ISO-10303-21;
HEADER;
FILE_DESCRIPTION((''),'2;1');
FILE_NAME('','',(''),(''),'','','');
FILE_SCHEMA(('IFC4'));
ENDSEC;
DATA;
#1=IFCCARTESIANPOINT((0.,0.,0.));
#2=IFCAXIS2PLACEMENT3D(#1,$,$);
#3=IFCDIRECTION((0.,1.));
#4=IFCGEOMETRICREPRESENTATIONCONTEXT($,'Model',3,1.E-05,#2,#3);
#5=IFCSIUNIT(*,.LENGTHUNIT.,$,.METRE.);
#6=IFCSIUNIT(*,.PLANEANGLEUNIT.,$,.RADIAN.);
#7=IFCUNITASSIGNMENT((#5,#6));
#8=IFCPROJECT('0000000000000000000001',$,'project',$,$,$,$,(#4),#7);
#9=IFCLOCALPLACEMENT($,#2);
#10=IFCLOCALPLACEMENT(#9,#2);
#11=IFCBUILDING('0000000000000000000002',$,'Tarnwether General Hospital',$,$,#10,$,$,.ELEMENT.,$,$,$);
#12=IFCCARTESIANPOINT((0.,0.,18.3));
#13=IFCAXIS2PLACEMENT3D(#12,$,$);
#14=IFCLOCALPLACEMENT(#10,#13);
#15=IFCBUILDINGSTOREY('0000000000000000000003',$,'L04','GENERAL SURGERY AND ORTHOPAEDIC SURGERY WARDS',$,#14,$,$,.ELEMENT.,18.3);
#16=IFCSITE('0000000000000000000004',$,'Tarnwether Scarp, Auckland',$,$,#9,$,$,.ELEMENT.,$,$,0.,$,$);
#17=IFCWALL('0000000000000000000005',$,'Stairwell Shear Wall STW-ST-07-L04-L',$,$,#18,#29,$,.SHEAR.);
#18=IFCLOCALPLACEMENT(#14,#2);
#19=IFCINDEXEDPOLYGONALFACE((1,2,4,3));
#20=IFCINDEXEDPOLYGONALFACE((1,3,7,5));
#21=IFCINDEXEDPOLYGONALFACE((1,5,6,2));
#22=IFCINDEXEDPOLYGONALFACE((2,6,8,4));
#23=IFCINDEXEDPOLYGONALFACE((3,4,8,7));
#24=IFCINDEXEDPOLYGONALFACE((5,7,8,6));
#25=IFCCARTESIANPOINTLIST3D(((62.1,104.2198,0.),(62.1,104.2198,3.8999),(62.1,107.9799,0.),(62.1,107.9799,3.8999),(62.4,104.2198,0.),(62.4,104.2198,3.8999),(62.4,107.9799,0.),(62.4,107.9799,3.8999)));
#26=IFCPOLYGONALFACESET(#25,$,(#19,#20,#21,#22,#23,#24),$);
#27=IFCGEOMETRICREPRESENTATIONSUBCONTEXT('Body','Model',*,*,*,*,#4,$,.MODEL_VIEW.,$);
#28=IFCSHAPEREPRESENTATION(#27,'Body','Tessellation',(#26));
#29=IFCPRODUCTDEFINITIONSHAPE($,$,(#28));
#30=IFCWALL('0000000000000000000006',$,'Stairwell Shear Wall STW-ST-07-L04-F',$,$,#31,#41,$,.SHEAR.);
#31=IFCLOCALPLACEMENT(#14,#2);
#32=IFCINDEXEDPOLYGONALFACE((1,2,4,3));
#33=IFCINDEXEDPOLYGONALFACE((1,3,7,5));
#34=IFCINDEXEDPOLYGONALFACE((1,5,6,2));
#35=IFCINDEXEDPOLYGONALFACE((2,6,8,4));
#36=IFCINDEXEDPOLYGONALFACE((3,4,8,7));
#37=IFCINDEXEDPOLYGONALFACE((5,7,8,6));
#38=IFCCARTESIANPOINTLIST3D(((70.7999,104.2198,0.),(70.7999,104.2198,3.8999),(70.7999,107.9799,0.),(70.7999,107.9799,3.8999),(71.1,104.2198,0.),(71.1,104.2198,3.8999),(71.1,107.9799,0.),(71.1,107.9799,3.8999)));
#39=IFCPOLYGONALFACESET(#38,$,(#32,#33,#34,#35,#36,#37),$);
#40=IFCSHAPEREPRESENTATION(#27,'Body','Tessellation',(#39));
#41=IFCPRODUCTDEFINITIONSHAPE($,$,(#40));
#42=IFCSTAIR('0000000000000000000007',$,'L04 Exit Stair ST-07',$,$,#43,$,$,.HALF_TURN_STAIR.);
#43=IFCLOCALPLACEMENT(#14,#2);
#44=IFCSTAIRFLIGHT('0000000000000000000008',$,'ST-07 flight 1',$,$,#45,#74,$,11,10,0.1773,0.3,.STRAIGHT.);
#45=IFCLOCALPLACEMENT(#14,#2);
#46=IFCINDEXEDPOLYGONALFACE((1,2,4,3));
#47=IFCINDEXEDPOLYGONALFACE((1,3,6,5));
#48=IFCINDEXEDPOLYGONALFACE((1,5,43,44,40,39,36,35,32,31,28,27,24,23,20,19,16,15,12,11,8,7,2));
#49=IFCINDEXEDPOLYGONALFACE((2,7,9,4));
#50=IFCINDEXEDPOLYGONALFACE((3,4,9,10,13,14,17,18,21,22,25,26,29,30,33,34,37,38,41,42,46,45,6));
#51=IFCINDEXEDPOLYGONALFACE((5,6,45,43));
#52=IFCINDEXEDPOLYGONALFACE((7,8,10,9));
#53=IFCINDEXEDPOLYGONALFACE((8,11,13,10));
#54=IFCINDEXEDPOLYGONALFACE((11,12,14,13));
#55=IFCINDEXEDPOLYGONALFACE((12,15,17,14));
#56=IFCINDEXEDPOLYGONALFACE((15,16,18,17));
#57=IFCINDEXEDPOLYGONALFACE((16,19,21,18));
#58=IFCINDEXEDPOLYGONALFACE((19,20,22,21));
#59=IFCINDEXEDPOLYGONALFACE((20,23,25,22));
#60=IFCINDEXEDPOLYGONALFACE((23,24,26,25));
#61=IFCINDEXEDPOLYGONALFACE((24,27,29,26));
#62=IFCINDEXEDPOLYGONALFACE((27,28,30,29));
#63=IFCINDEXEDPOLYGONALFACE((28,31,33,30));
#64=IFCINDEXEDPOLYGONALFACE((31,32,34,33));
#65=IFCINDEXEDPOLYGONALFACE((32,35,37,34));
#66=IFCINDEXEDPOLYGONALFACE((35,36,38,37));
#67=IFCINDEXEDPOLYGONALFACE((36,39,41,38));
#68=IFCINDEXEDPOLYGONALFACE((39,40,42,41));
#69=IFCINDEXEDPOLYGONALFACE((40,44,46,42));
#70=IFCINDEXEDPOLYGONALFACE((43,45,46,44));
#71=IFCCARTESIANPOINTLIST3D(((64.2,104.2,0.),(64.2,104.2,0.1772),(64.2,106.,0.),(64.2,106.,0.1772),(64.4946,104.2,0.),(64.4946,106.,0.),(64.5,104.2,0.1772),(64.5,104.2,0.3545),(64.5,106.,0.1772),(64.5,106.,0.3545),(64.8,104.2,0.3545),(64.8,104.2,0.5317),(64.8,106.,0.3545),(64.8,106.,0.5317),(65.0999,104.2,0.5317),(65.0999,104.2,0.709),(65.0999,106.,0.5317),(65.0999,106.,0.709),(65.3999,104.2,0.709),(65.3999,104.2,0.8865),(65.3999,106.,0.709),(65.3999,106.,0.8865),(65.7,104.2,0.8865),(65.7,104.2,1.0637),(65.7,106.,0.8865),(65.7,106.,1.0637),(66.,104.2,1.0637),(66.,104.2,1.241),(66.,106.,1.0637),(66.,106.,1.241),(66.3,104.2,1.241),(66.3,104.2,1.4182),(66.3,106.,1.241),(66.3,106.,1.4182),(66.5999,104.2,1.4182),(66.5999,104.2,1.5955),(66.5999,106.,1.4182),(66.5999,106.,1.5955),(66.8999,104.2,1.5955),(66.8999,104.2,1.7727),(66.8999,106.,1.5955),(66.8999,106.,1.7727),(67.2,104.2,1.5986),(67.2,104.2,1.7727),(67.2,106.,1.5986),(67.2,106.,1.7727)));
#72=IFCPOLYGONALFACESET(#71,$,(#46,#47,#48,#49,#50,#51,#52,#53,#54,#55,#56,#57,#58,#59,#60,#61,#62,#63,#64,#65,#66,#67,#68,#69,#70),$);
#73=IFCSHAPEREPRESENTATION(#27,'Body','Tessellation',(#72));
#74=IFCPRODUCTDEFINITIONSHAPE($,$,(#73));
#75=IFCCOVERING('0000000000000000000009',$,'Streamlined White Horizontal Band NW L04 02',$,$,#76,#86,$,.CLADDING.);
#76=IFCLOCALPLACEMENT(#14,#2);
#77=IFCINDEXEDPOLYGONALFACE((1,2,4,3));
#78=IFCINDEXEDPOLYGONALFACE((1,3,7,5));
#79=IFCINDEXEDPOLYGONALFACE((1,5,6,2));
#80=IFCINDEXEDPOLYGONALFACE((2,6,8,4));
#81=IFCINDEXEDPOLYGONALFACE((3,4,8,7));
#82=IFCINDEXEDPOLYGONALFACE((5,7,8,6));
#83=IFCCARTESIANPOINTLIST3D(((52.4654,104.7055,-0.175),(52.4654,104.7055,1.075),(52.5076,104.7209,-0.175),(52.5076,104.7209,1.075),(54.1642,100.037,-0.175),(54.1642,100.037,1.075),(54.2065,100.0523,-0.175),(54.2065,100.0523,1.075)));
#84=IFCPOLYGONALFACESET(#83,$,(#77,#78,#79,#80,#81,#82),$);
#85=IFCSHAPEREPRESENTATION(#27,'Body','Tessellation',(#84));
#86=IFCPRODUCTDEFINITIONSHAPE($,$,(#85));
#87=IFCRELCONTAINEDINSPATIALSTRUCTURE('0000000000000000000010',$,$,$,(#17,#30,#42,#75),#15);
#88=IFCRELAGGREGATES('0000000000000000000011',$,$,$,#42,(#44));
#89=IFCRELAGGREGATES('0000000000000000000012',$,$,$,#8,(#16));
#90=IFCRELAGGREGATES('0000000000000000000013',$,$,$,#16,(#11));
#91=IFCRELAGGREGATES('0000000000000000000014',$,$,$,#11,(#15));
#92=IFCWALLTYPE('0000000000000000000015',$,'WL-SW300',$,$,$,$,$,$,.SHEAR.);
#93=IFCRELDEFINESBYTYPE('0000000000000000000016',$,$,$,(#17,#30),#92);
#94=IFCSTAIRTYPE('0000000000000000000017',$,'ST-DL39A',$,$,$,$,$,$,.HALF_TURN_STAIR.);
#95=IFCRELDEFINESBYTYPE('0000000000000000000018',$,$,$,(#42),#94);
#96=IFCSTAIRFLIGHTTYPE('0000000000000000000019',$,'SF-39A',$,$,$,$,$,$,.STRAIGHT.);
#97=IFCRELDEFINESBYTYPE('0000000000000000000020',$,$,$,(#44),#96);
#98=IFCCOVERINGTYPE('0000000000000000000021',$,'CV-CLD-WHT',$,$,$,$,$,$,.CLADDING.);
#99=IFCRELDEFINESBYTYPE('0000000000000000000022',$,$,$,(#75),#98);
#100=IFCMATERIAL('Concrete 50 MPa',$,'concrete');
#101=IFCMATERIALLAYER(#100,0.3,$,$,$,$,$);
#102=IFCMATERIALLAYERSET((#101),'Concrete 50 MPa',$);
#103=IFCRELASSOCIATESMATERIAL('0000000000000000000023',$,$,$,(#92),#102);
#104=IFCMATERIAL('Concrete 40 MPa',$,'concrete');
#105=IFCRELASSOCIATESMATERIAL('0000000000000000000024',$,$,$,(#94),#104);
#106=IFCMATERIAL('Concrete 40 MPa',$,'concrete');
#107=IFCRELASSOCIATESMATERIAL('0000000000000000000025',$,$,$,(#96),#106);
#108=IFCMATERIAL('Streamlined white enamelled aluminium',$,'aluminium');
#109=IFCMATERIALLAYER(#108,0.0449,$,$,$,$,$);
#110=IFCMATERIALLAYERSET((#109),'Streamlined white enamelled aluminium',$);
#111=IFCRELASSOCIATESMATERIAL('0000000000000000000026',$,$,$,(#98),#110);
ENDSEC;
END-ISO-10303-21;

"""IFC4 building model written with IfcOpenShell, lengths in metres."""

from ifc_helpers import new_model, si_unit, direction, frame, frame_2d, origin, origin_2d, place, context, subcontext, project, spatial, polyline, rectangle, outline, extrude, material, layer, layer_set, type_object, element, aggregate, save


model = new_model("IFC4")

# Units and contexts
model_context = context("Model", 3, precision=1e-05, world=origin(), true_north=direction((0.0, 1.0)))
body_context = subcontext(model_context, "Body", "Model", "MODEL_VIEW")
ifc_project = project(units=[si_unit("LENGTHUNIT", "METRE"), si_unit("PLANEANGLEUNIT", "RADIAN")], contexts=[model_context])

# Site, building, storey
site_placement = place(None, origin())
site = spatial("IfcSite", under=ifc_project, at=site_placement, Name="Tarnwether Scarp, Auckland", CompositionType="ELEMENT", RefElevation=0.0)
building_placement = place(site_placement, origin())
building = spatial("IfcBuilding", under=site, at=building_placement, Name="Tarnwether General Hospital", CompositionType="ELEMENT")
storey_placement = place(building_placement, frame((0.0, 0.0, 18.3)))
storey = spatial("IfcBuildingStorey", under=building, at=storey_placement, Name="L04", Description="GENERAL SURGERY AND ORTHOPAEDIC SURGERY WARDS", CompositionType="ELEMENT", Elevation=18.3)

# Shared definitions
ifc_material_1 = material(Name="Concrete 50 MPa", Category="concrete")
ifc_layer_1 = layer(ifc_material_1, 0.3)
ifc_layer_set_1 = layer_set([ifc_layer_1], Name="Concrete 50 MPa")
wall_type_1 = type_object("IfcWallType", Name="WL-SW300", PredefinedType="SHEAR", material=ifc_layer_set_1)

# Walls
for number, where, z_axis, x_axis, name in (
    (1, (62.25, 104.22, 0.0), (0.0, 0.0, 1.0), (0.0, 1.0, 0.0), "Stairwell Shear Wall STW-ST-07-L04-L"),
    (2, (70.95, 104.22, 0.0), (0.0, 0.0, 1.0), (0.0, 1.0, 0.0), "Stairwell Shear Wall STW-ST-07-L04-F"),
):
    element("IfcWall", number, at=place(storey_placement, frame(where, z_axis=z_axis, x_axis=x_axis)), inside=storey, type_object=wall_type_1, Name=name, PredefinedType="SHEAR", context=body_context, shape_type="SweptSolid", body=[
        extrude(rectangle(XDim=3.76, YDim=0.3, at=frame_2d((1.8799, 0.0))), origin(), (0.0, 0.0, 1.0), 3.8999),
    ])

# Stair, stair flight
ifc_material_2 = material(Name="Concrete 40 MPa", Category="concrete")
stair_type = type_object("IfcStairType", Name="ST-DL39A", PredefinedType="HALF_TURN_STAIR", material=ifc_material_2)
stair_placement = place(storey_placement, origin())
stair = element("IfcStair", 3, at=stair_placement, inside=storey, type_object=stair_type, Name="L04 Exit Stair ST-07", PredefinedType="HALF_TURN_STAIR")
ifc_material_3 = material(Name="Concrete 40 MPa", Category="concrete")
stair_flight_type = type_object("IfcStairFlightType", Name="SF-39A", PredefinedType="STRAIGHT", material=ifc_material_3)
stair_flight_placement = place(storey_placement, frame((64.2, 105.1001, 0.0), z_axis=(0.0, 0.0, 1.0), x_axis=(1.0, 0.0, 0.0)))
stair_flight = element("IfcStairFlight", 4, at=stair_flight_placement, type_object=stair_flight_type, Name="ST-07 flight 1", NumberOfRisers=11, NumberOfTreads=10, PredefinedType="STRAIGHT", RiserHeight=0.1773, TreadLength=0.3, context=body_context, shape_type="SweptSolid", body=[
    extrude(outline(polyline([(0.0, 0.0), (0.0, 0.1772), (0.3, 0.1772), (0.3, 0.3545), (0.6001, 0.3545), (0.6001, 0.5317), (0.8999, 0.5317), (0.8999, 0.709), (1.2, 0.709), (1.2, 0.8865), (1.5, 0.8865), (1.5, 1.0637), (1.8, 1.0637), (1.8, 1.241), (2.1001, 1.241), (2.1001, 1.4182), (2.3999, 1.4182), (2.3999, 1.5955), (2.7, 1.5955), (2.7, 1.7727), (3.0, 1.7727), (3.0, 1.95), (3.0, 1.5986), (0.2947, 0.0), (0.0, 0.0)])), frame((0.0, 0.8999, 0.0), z_axis=(0.0, -1.0, 0.0), x_axis=(1.0, 0.0, 0.0)), (0.0, 0.0, 1.0), 1.8),
])
aggregate(stair, [stair_flight])

# Covering
ifc_material_4 = material(Name="Streamlined white enamelled aluminium", Category="aluminium")
ifc_layer_2 = layer(ifc_material_4, 0.0449)
ifc_layer_set_2 = layer_set([ifc_layer_2], Name="Streamlined white enamelled aluminium")
covering_type = type_object("IfcCoveringType", Name="CV-CLD-WHT", PredefinedType="CLADDING", material=ifc_layer_set_2)
covering_placement = place(storey_placement, frame((53.3359, 102.3789, -0.175), z_axis=(0.0, 0.0, 1.0), x_axis=(-0.341955, 0.939716, 0.0)))
element("IfcCovering", 5, at=covering_placement, inside=storey, type_object=covering_type, Name="Streamlined White Horizontal Band NW L04 02", PredefinedType="CLADDING", context=body_context, shape_type="SweptSolid", body=[
    extrude(rectangle(XDim=4.968, YDim=0.0449, at=origin_2d()), origin(), (0.0, 0.0, 1.0), 1.25),
])

save(model, "model.ifc")
